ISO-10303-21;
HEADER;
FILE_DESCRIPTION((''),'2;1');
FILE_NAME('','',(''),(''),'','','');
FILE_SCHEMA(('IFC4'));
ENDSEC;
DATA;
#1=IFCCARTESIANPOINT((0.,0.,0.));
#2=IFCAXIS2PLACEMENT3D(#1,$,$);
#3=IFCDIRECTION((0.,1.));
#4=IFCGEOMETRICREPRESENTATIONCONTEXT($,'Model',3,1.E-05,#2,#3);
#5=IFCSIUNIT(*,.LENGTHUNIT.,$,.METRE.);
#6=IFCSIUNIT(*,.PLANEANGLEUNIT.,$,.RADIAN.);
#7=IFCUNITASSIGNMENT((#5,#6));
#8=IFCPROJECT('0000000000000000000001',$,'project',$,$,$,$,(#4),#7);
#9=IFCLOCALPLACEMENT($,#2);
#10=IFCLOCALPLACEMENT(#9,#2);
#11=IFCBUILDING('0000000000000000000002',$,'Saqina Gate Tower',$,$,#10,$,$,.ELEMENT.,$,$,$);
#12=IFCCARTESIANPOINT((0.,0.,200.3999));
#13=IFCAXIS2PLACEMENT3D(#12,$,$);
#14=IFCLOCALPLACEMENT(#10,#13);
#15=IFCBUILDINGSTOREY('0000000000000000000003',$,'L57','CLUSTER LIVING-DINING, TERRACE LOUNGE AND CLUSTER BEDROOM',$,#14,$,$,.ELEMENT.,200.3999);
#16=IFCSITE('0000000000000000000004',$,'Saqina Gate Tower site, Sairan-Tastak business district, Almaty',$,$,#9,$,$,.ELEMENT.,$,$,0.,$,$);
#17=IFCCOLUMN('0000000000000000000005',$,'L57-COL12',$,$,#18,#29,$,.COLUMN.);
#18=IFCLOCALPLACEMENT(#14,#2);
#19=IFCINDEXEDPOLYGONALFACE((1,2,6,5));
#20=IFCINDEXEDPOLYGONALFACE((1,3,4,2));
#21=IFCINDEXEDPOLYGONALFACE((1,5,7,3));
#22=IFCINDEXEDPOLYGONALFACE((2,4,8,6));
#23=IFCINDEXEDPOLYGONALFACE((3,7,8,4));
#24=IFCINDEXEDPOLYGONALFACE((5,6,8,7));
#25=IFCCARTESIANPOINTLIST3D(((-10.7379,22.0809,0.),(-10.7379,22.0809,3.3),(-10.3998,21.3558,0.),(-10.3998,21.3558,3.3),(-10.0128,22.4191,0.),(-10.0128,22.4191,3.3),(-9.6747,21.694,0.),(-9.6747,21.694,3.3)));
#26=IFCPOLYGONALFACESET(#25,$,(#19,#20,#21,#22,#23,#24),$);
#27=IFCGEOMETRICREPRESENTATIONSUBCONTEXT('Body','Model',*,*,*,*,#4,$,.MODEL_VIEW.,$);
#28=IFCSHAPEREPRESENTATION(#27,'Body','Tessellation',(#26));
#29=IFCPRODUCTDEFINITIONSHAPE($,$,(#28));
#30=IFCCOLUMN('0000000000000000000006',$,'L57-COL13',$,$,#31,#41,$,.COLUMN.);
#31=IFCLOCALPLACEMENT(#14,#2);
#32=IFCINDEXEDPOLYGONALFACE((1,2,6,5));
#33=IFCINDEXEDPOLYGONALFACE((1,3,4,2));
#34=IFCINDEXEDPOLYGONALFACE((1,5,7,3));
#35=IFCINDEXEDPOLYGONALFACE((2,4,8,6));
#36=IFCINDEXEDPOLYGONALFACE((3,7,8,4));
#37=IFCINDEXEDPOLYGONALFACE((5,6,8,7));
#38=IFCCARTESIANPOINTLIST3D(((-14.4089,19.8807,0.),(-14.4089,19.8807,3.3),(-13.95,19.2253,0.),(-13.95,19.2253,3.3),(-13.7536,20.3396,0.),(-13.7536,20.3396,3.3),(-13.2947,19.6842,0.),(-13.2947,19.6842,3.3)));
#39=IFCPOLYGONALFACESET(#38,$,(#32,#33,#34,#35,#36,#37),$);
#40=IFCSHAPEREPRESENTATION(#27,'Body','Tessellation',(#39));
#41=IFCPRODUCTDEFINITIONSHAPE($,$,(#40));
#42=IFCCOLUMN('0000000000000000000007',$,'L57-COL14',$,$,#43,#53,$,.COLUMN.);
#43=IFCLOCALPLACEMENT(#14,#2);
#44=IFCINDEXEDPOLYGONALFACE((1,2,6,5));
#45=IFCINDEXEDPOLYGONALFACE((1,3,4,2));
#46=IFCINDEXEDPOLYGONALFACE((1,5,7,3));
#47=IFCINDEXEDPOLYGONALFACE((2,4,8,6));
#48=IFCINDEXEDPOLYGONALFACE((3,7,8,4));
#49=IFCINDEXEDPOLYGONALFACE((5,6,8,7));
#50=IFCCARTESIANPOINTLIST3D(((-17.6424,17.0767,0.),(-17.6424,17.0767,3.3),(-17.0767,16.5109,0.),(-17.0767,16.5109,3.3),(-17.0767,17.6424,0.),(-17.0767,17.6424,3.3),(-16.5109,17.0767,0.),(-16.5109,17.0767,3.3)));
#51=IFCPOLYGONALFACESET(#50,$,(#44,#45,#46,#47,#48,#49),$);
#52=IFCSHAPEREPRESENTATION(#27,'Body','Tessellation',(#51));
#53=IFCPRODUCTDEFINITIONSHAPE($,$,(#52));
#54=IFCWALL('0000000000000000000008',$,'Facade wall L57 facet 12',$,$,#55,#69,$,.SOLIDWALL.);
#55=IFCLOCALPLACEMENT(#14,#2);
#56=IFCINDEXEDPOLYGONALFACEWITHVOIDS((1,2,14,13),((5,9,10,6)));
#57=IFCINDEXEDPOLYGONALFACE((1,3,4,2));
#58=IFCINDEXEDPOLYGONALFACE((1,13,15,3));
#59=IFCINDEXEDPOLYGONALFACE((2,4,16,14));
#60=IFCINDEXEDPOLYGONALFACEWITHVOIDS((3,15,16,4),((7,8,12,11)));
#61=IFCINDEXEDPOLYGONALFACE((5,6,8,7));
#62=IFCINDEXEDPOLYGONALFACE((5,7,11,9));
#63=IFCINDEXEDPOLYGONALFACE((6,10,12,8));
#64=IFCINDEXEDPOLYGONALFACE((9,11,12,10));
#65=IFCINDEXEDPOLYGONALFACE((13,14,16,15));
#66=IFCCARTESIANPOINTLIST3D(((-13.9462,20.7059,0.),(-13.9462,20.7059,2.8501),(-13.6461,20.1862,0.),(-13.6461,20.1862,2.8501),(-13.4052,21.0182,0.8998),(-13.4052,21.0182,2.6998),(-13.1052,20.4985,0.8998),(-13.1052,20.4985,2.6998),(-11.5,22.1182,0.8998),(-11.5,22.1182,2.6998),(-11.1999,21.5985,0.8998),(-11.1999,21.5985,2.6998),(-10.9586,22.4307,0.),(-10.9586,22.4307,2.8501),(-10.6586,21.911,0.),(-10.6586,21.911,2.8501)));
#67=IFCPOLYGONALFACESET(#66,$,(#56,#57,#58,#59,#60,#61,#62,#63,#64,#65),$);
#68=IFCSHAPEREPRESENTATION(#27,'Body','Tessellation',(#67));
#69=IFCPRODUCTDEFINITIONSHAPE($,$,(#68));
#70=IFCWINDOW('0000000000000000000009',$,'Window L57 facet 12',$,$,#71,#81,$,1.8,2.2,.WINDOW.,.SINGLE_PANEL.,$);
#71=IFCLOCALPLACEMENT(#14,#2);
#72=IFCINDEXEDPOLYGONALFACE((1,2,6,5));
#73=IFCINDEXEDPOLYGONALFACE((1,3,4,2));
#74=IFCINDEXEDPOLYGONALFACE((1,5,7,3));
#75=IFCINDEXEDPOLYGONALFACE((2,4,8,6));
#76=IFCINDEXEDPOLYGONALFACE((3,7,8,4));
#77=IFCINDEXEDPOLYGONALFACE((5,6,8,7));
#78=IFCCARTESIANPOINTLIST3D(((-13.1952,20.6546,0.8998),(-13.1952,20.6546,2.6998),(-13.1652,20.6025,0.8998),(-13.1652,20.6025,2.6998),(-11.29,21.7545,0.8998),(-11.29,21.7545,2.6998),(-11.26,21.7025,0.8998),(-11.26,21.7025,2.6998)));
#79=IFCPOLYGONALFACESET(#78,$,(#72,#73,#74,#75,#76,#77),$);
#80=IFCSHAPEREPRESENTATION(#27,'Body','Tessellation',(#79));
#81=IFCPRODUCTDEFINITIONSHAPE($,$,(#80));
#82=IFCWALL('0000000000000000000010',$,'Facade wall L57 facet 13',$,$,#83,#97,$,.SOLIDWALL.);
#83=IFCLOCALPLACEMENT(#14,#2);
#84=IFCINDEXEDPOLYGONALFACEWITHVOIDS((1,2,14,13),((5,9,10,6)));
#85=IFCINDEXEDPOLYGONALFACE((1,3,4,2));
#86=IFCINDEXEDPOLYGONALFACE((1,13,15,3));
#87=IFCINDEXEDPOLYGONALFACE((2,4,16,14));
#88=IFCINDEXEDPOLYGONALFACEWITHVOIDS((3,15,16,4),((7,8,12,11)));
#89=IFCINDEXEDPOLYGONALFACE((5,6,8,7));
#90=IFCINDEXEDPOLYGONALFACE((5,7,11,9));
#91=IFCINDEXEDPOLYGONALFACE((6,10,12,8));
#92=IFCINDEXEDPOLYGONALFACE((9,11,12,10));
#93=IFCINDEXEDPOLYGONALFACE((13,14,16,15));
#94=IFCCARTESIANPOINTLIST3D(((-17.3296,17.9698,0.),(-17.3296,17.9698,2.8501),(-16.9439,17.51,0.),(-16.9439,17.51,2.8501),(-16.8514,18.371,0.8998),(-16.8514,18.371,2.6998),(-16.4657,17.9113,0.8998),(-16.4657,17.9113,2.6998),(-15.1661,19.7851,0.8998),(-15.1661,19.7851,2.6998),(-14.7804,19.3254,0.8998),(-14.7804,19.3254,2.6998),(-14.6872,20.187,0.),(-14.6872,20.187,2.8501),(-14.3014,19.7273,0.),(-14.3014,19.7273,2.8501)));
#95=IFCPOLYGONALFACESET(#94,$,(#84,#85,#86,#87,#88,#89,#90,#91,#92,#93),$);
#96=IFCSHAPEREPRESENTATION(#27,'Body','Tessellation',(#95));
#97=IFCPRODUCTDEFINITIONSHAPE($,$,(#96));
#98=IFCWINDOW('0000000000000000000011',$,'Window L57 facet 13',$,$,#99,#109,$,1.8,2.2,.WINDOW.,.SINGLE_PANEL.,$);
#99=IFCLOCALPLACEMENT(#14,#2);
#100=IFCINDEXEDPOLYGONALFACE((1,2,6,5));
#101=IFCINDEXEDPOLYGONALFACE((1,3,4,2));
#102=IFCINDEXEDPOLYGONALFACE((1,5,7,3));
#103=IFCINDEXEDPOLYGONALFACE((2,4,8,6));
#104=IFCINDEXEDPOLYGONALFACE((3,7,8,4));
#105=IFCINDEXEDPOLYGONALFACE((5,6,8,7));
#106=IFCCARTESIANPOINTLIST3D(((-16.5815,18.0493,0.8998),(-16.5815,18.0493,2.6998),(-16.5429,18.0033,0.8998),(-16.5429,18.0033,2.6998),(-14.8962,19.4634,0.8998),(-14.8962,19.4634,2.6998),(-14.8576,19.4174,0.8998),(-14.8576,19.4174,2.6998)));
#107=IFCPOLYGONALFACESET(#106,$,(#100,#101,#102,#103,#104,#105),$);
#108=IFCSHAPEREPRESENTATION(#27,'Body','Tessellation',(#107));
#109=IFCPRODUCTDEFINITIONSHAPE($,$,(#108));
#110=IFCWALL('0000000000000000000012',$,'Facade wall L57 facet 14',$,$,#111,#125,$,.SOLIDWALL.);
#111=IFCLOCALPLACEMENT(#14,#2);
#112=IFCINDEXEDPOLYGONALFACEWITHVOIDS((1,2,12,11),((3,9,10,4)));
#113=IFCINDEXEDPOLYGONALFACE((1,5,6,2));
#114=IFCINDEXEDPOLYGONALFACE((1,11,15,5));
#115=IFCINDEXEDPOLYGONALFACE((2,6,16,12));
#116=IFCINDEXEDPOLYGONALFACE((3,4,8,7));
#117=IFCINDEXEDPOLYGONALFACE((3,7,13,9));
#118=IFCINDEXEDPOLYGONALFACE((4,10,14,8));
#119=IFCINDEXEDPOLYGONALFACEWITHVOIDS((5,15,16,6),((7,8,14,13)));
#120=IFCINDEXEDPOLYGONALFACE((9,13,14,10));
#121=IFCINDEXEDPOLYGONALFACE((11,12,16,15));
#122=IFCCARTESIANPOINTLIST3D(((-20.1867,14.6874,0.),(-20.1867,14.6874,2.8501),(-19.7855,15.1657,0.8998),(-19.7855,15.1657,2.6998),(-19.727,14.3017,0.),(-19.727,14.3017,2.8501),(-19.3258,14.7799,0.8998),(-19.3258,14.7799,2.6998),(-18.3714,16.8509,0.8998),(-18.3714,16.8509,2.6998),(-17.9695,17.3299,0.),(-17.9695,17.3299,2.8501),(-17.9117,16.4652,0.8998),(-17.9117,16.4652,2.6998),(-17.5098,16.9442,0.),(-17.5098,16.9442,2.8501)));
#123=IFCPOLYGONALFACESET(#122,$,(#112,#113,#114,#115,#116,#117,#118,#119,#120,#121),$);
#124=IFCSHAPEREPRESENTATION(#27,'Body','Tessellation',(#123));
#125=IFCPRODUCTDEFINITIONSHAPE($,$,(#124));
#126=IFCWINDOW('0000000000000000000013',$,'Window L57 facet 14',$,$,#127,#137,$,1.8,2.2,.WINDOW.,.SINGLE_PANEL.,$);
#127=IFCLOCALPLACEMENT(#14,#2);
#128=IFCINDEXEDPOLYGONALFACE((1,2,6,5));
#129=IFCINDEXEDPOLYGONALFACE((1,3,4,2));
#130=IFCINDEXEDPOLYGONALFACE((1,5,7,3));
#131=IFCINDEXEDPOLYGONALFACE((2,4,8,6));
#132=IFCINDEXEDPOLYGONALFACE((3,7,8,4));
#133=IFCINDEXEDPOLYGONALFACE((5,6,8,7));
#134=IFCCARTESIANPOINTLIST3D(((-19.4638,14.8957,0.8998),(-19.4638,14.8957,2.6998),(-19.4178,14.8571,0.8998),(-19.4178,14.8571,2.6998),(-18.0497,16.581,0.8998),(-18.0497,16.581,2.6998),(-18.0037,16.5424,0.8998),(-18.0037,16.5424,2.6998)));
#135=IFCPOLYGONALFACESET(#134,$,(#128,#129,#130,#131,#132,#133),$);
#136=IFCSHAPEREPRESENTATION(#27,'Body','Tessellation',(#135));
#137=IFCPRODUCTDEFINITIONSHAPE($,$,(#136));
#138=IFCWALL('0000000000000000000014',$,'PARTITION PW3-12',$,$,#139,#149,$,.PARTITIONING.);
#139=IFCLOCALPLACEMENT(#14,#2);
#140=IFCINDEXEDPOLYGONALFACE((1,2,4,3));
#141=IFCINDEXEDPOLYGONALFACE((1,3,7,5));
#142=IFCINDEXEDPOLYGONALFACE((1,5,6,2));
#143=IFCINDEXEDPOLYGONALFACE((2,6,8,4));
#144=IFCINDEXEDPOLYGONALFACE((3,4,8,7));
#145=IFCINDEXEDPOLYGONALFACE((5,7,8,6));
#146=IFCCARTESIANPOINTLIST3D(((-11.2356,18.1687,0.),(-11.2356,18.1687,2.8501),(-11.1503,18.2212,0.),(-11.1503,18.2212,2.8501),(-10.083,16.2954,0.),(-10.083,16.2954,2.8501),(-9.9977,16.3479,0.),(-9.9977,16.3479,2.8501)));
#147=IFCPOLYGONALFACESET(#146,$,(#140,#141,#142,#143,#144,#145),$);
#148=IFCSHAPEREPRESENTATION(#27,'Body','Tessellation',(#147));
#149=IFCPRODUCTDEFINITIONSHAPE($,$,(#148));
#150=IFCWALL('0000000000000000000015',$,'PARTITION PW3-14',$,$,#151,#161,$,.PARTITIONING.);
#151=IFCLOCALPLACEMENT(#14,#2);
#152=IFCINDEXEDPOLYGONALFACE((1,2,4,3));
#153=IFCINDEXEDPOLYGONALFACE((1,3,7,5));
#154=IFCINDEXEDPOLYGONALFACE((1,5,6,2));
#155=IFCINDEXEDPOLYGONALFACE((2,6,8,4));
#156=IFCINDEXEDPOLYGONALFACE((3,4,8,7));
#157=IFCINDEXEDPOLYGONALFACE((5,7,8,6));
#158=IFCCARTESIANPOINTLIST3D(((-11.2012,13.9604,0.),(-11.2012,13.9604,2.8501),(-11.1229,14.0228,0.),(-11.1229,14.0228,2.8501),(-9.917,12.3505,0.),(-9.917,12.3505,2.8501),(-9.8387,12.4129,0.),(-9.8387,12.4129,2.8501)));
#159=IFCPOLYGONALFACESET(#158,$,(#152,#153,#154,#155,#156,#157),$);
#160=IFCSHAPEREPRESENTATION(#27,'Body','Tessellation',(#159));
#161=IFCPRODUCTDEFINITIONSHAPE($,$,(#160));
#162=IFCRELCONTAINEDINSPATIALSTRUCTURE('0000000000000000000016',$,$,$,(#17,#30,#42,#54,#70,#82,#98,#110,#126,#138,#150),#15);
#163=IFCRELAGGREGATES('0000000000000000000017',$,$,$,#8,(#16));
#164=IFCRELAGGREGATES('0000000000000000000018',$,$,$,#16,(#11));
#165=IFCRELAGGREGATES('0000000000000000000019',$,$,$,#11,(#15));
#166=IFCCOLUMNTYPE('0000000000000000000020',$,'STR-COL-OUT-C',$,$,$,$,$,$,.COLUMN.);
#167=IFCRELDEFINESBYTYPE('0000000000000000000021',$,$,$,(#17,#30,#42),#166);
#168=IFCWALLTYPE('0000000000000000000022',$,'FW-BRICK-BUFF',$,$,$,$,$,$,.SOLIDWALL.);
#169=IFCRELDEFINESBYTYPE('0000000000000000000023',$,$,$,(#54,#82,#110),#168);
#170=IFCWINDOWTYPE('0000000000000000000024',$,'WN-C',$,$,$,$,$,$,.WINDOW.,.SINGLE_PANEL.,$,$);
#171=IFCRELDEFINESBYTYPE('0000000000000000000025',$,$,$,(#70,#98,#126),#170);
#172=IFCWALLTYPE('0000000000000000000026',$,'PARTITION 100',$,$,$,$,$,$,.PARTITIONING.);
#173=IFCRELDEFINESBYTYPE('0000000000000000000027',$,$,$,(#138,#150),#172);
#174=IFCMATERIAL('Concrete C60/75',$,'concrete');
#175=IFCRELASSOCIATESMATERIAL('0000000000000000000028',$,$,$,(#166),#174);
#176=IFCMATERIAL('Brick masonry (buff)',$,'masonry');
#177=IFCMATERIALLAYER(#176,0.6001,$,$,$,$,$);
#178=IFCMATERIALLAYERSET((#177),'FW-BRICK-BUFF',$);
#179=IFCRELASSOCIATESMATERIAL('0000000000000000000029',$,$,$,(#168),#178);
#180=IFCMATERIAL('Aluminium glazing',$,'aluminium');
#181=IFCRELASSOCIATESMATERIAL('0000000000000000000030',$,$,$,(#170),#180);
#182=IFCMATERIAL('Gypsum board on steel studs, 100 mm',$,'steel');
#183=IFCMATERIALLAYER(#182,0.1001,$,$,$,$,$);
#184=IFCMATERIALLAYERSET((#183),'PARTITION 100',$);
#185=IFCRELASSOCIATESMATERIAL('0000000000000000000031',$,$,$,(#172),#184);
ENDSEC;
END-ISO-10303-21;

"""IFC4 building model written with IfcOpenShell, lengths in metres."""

from ifc_helpers import new_model, si_unit, direction, frame, frame_2d, origin, origin_2d, place, context, subcontext, project, spatial, rectangle, extrude, material, layer, layer_set, material_profile, profile_set, type_object, element, fill, save


model = new_model("IFC4")

# Units and contexts
model_context = context("Model", 3, precision=1e-05, world=origin(), true_north=direction((0.0, 1.0)))
body_context = subcontext(model_context, "Body", "Model", "MODEL_VIEW")
ifc_project = project(units=[si_unit("LENGTHUNIT", "METRE"), si_unit("PLANEANGLEUNIT", "RADIAN")], contexts=[model_context])

# Site, building, storey
site_placement = place(None, origin())
site = spatial("IfcSite", under=ifc_project, at=site_placement, Name="Saqina Gate Tower site, Sairan-Tastak business district, Almaty", CompositionType="ELEMENT", RefElevation=0.0)
building_placement = place(site_placement, origin())
building = spatial("IfcBuilding", under=site, at=building_placement, Name="Saqina Gate Tower", CompositionType="ELEMENT")
storey_placement = place(building_placement, frame((0.0, 0.0, 200.3999)))
storey = spatial("IfcBuildingStorey", under=building, at=storey_placement, Name="L57", Description="CLUSTER LIVING-DINING, TERRACE LOUNGE AND CLUSTER BEDROOM", CompositionType="ELEMENT", Elevation=200.3999)

# Columns
ifc_material_1 = material(Name="Concrete C60/75", Category="concrete")
ifc_material_profile = material_profile(ifc_material_1, rectangle(XDim=0.8, YDim=0.8, at=origin_2d()), Name="RC 800x800")
ifc_profile_set = profile_set([ifc_material_profile], Name="Concrete C60/75")
column_type = type_object("IfcColumnType", Name="STR-COL-OUT-C", PredefinedType="COLUMN", material=ifc_profile_set)
for number, where, z_axis, x_axis, name in (
    (1, (-10.2063, 21.8875, 0.0), (0.0, 0.0, 1.0), (-0.422618, 0.906308, 0.0), "L57-COL12"),
    (2, (-13.8518, 19.7825, 0.0), (0.0, 0.0, 1.0), (-0.573576, 0.819152, 0.0), "L57-COL13"),
    (3, (-17.0767, 17.0767, 0.0), (0.0, 0.0, 1.0), (-0.707107, 0.707107, 0.0), "L57-COL14"),
):
    element("IfcColumn", number, at=place(storey_placement, frame(where, z_axis=z_axis, x_axis=x_axis)), inside=storey, type_object=column_type, Name=name, PredefinedType="COLUMN", context=body_context, shape_type="SweptSolid", body=[
        extrude(rectangle(XDim=0.8, YDim=0.8, at=origin_2d()), origin(), (0.0, 0.0, 1.0), 3.3),
    ])

# Walls, openings, windows
ifc_material_2 = material(Name="Brick masonry (buff)", Category="masonry")
ifc_layer_1 = layer(ifc_material_2, 0.6001)
ifc_layer_set_1 = layer_set([ifc_layer_1], Name="FW-BRICK-BUFF")
wall_type_1 = type_object("IfcWallType", Name="FW-BRICK-BUFF", PredefinedType="SOLIDWALL", material=ifc_layer_set_1)
wall_1_placement = place(storey_placement, frame((-10.8086, 22.1709, 0.0), z_axis=(0.0, 0.0, 1.0), x_axis=(-0.866026, -0.499998, 0.0)))
wall_1 = element("IfcWall", 4, at=wall_1_placement, inside=storey, type_object=wall_type_1, Name="Facade wall L57 facet 12", PredefinedType="SOLIDWALL", context=body_context, shape_type="SweptSolid", body=[
    extrude(rectangle(XDim=3.4497, YDim=0.6001, at=frame_2d((1.7249, 0.0))), origin(), (0.0, 0.0, 1.0), 2.8501),
])
opening_1_placement = place(wall_1_placement, frame((0.625, 0.0, 0.8999)))
opening_1 = element("IfcOpeningElement", 5, at=opening_1_placement, cuts=wall_1, PredefinedType="OPENING", context=body_context, shape_type="SweptSolid", body=[
    extrude(rectangle(XDim=2.2, YDim=1.8, at=frame_2d((1.1001, 0.8999))), frame((0.0, 0.312, 0.0), z_axis=(0.0, -1.0, 0.0), x_axis=(1.0, 0.0, 0.0)), (0.0, 0.0, 1.0), 0.624),
])
ifc_material_3 = material(Name="Aluminium glazing", Category="aluminium")
window_type = type_object("IfcWindowType", Name="WN-C", PartitioningType="SINGLE_PANEL", PredefinedType="WINDOW", material=ifc_material_3)
window_1_placement = place(opening_1_placement, origin())
window_1 = element("IfcWindow", 6, at=window_1_placement, inside=storey, type_object=window_type, Name="Window L57 facet 12", OverallHeight=1.8, OverallWidth=2.2, PartitioningType="SINGLE_PANEL", PredefinedType="WINDOW", context=body_context, shape_type="SweptSolid", body=[
    extrude(rectangle(XDim=2.2, YDim=1.8, at=frame_2d((1.1001, 0.8999))), frame((0.0, 0.1799, 0.0), z_axis=(0.0, -1.0, 0.0), x_axis=(1.0, 0.0, 0.0)), (0.0, 0.0, 1.0), 0.0601),
])
fill(opening_1, window_1)
wall_2_placement = place(storey_placement, frame((-14.4944, 19.957, 0.0), z_axis=(0.0, 0.0, 1.0), x_axis=(-0.766059, -0.64277, 0.0)))
wall_2 = element("IfcWall", 7, at=wall_2_placement, inside=storey, type_object=wall_type_1, Name="Facade wall L57 facet 13", PredefinedType="SOLIDWALL", context=body_context, shape_type="SweptSolid", body=[
    extrude(rectangle(XDim=3.4495, YDim=0.6001, at=frame_2d((1.7246, 0.0))), origin(), (0.0, 0.0, 1.0), 2.8501),
])
opening_2_placement = place(wall_2_placement, frame((0.625, 0.0, 0.8999)))
opening_2 = element("IfcOpeningElement", 8, at=opening_2_placement, cuts=wall_2, PredefinedType="OPENING", context=body_context, shape_type="SweptSolid", body=[
    extrude(rectangle(XDim=2.2, YDim=1.8, at=frame_2d((1.1001, 0.8999))), frame((0.0, 0.312, 0.0), z_axis=(0.0, -1.0, 0.0), x_axis=(1.0, 0.0, 0.0)), (0.0, 0.0, 1.0), 0.624),
])
window_2_placement = place(opening_2_placement, origin())
window_2 = element("IfcWindow", 9, at=window_2_placement, inside=storey, type_object=window_type, Name="Window L57 facet 13", OverallHeight=1.8, OverallWidth=2.2, PartitioningType="SINGLE_PANEL", PredefinedType="WINDOW", context=body_context, shape_type="SweptSolid", body=[
    extrude(rectangle(XDim=2.2, YDim=1.8, at=frame_2d((1.1001, 0.8999))), frame((0.0, 0.1799, 0.0), z_axis=(0.0, -1.0, 0.0), x_axis=(1.0, 0.0, 0.0)), (0.0, 0.0, 1.0), 0.0601),
])
fill(opening_2, window_2)
wall_3_placement = place(storey_placement, frame((-17.7397, 17.137, 0.0), z_axis=(0.0, 0.0, 1.0), x_axis=(-0.64277, -0.766059, 0.0)))
wall_3 = element("IfcWall", 10, at=wall_3_placement, inside=storey, type_object=wall_type_1, Name="Facade wall L57 facet 14", PredefinedType="SOLIDWALL", context=body_context, shape_type="SweptSolid", body=[
    extrude(rectangle(XDim=3.4495, YDim=0.6001, at=frame_2d((1.7246, 0.0))), origin(), (0.0, 0.0, 1.0), 2.8501),
])
opening_3_placement = place(wall_3_placement, frame((0.625, 0.0, 0.8999)))
opening_3 = element("IfcOpeningElement", 11, at=opening_3_placement, cuts=wall_3, PredefinedType="OPENING", context=body_context, shape_type="SweptSolid", body=[
    extrude(rectangle(XDim=2.2, YDim=1.8, at=frame_2d((1.1001, 0.8999))), frame((0.0, 0.312, 0.0), z_axis=(0.0, -1.0, 0.0), x_axis=(1.0, 0.0, 0.0)), (0.0, 0.0, 1.0), 0.624),
])
window_3_placement = place(opening_3_placement, origin())
window_3 = element("IfcWindow", 12, at=window_3_placement, inside=storey, type_object=window_type, Name="Window L57 facet 14", OverallHeight=1.8, OverallWidth=2.2, PartitioningType="SINGLE_PANEL", PredefinedType="WINDOW", context=body_context, shape_type="SweptSolid", body=[
    extrude(rectangle(XDim=2.2, YDim=1.8, at=frame_2d((1.1001, 0.8999))), frame((0.0, 0.1799, 0.0), z_axis=(0.0, -1.0, 0.0), x_axis=(1.0, 0.0, 0.0)), (0.0, 0.0, 1.0), 0.0601),
])
fill(opening_3, window_3)

# Walls
ifc_material_4 = material(Name="Gypsum board on steel studs, 100 mm", Category="steel")
ifc_layer_2 = layer(ifc_material_4, 0.1001)
ifc_layer_set_2 = layer_set([ifc_layer_2], Name="PARTITION 100")
wall_type_2 = type_object("IfcWallType", Name="PARTITION 100", PredefinedType="PARTITIONING", material=ifc_layer_set_2)
wall_4_placement = place(storey_placement, frame((-11.1929, 18.1948, 0.0), z_axis=(0.0, 0.0, 1.0), x_axis=(0.524029, -0.8517, 0.0)))
element("IfcWall", 13, at=wall_4_placement, inside=storey, type_object=wall_type_2, Name="PARTITION PW3-12", PredefinedType="PARTITIONING", context=body_context, shape_type="SweptSolid", body=[
    extrude(rectangle(XDim=2.1995, YDim=0.1001, at=frame_2d((1.0996, 0.0))), origin(), (0.0, 0.0, 1.0), 2.8501),
])
wall_5_placement = place(storey_placement, frame((-11.1621, 13.9917, 0.0), z_axis=(0.0, 0.0, 1.0), x_axis=(0.623596, -0.781747, 0.0)))
element("IfcWall", 14, at=wall_5_placement, inside=storey, type_object=wall_type_2, Name="PARTITION PW3-14", PredefinedType="PARTITIONING", context=body_context, shape_type="SweptSolid", body=[
    extrude(rectangle(XDim=2.0593, YDim=0.1001, at=frame_2d((1.0298, 0.0))), origin(), (0.0, 0.0, 1.0), 2.8501),
])

save(model, "model.ifc")
